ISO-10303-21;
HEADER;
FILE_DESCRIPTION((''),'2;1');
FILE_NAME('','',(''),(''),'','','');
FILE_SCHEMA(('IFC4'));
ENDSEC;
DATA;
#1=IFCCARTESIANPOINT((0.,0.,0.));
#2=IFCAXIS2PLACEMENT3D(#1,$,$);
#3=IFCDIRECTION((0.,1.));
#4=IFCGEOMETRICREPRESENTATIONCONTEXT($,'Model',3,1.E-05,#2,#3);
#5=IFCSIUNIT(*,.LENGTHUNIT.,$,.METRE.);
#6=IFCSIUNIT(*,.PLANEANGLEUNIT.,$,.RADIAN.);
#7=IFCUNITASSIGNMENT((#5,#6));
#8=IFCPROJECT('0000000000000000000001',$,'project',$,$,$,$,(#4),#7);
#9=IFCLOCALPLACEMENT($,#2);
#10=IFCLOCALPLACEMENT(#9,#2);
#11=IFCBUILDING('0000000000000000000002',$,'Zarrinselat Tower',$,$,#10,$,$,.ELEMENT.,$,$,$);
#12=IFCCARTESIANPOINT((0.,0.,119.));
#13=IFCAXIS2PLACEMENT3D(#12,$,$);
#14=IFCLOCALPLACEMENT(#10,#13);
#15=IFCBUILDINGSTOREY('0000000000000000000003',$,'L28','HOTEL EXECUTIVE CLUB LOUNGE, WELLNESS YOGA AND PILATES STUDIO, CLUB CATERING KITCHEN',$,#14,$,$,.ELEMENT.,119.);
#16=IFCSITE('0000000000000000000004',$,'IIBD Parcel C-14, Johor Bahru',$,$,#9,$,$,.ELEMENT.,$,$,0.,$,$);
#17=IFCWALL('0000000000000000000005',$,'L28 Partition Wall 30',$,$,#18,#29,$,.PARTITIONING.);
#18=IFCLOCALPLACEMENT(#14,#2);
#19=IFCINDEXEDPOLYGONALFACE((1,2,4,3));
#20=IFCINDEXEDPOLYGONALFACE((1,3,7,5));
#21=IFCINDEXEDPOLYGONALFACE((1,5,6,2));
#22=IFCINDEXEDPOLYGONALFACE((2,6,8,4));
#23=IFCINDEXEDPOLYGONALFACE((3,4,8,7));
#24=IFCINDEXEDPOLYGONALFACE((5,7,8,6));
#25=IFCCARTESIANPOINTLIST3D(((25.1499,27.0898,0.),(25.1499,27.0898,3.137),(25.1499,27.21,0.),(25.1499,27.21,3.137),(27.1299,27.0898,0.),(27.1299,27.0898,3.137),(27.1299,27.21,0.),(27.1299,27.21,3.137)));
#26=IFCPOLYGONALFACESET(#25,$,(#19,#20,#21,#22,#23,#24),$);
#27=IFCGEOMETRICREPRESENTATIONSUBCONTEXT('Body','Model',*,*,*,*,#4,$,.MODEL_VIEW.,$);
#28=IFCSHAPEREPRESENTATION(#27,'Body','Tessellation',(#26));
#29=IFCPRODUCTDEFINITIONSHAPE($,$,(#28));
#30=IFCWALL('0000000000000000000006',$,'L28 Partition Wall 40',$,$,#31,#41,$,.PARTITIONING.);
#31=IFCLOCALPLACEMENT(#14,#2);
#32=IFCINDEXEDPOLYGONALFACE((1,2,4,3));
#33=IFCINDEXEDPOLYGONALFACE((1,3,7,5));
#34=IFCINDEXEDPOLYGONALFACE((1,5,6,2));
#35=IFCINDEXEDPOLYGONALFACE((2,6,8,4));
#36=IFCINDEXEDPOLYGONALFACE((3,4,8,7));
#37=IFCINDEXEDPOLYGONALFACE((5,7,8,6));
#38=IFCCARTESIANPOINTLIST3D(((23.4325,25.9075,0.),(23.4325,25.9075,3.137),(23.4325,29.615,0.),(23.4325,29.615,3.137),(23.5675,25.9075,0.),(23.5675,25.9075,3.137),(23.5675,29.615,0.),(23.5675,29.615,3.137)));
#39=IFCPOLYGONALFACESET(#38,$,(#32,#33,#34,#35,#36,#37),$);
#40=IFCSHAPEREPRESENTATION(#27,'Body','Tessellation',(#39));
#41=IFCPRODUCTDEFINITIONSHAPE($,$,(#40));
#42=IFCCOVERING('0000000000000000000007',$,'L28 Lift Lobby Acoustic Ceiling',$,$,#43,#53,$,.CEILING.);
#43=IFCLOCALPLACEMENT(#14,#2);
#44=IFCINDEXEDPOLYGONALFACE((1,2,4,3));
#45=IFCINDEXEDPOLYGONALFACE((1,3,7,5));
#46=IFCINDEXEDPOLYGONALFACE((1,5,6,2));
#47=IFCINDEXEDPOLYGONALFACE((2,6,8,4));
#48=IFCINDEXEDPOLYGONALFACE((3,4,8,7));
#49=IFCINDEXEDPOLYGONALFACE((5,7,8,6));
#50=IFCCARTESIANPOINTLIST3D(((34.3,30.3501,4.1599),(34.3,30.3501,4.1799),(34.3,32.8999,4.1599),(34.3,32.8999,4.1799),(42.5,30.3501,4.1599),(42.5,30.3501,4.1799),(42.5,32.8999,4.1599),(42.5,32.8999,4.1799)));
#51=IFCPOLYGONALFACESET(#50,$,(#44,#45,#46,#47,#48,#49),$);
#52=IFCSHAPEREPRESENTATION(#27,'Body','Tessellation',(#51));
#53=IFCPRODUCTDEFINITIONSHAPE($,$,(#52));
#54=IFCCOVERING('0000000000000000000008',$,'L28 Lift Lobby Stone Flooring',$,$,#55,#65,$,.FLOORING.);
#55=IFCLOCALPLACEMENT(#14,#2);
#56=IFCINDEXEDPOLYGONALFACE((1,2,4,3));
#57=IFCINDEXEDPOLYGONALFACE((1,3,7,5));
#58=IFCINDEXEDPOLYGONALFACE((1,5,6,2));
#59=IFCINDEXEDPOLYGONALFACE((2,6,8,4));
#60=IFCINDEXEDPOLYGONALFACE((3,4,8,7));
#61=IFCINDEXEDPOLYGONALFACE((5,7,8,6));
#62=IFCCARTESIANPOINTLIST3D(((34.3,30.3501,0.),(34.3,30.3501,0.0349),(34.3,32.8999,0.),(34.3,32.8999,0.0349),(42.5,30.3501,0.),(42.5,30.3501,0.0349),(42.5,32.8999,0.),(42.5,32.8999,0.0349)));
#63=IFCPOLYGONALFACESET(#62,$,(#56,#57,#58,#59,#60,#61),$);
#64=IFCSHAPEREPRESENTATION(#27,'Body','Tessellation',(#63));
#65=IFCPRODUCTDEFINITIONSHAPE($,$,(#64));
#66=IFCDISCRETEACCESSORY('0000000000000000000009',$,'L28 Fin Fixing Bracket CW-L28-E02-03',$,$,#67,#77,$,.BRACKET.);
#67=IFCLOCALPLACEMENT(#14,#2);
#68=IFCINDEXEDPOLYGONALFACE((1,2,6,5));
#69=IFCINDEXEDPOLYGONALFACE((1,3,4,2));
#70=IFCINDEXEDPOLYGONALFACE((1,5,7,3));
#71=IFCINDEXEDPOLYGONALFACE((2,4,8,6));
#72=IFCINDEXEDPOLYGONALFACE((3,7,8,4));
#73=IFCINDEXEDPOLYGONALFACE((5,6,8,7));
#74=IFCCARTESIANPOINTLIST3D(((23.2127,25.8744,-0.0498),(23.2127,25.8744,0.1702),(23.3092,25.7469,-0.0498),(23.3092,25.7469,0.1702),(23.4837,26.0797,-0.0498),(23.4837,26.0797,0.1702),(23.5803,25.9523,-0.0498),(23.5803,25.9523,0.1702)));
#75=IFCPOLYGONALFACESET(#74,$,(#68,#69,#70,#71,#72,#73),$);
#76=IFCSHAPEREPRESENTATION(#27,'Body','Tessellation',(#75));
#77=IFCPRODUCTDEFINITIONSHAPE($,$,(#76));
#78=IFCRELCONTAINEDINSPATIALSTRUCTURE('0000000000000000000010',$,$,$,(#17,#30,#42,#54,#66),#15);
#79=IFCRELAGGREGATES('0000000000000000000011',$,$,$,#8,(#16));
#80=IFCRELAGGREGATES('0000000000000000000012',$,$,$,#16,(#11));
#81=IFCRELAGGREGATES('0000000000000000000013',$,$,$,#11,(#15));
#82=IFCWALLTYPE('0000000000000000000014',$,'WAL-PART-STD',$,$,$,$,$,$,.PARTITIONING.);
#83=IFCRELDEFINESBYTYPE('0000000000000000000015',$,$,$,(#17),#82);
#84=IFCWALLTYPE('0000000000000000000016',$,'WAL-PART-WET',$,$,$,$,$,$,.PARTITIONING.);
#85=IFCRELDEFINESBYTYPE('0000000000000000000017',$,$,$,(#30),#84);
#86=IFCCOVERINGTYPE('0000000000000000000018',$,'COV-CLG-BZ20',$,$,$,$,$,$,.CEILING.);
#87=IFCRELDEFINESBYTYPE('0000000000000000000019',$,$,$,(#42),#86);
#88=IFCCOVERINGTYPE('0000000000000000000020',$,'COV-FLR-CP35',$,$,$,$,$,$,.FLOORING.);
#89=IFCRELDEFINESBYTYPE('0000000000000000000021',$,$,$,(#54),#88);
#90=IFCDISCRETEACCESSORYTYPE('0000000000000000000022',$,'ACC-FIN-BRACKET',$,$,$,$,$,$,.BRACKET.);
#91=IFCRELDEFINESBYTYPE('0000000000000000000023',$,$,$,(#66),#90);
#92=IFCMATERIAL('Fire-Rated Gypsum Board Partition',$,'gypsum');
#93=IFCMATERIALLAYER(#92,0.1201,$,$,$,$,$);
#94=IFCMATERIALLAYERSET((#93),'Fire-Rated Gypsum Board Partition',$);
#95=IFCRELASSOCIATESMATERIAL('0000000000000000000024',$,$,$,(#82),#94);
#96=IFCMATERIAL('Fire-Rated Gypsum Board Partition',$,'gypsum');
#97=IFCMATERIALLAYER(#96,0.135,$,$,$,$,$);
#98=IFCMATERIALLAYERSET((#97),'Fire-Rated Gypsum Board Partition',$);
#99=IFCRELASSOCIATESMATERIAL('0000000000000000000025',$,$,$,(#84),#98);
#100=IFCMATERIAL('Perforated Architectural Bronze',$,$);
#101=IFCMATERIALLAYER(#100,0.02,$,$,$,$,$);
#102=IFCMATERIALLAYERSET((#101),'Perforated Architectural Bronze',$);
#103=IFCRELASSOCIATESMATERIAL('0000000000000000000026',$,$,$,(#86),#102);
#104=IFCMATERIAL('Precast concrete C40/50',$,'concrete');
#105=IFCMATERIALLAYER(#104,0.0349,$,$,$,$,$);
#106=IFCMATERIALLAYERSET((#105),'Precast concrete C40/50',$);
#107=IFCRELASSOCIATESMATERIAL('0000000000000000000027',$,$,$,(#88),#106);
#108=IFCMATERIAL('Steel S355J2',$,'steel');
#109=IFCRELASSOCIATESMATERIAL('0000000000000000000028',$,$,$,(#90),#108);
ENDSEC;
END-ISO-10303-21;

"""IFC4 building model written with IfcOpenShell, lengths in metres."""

from ifc_helpers import new_model, si_unit, direction, frame, frame_2d, origin, origin_2d, place, context, subcontext, project, spatial, polyline, rectangle, outline, extrude, material, layer, layer_set, type_object, element, save


model = new_model("IFC4")

# Units and contexts
model_context = context("Model", 3, precision=1e-05, world=origin(), true_north=direction((0.0, 1.0)))
body_context = subcontext(model_context, "Body", "Model", "MODEL_VIEW")
ifc_project = project(units=[si_unit("LENGTHUNIT", "METRE"), si_unit("PLANEANGLEUNIT", "RADIAN")], contexts=[model_context])

# Site, building, storey
site_placement = place(None, origin())
site = spatial("IfcSite", under=ifc_project, at=site_placement, Name="IIBD Parcel C-14, Johor Bahru", CompositionType="ELEMENT", RefElevation=0.0)
building_placement = place(site_placement, origin())
building = spatial("IfcBuilding", under=site, at=building_placement, Name="Zarrinselat Tower", CompositionType="ELEMENT")
storey_placement = place(building_placement, frame((0.0, 0.0, 119.0)))
storey = spatial("IfcBuildingStorey", under=building, at=storey_placement, Name="L28", Description="HOTEL EXECUTIVE CLUB LOUNGE, WELLNESS YOGA AND PILATES STUDIO, CLUB CATERING KITCHEN", CompositionType="ELEMENT", Elevation=119.0)

# Walls
ifc_material_1 = material(Name="Fire-Rated Gypsum Board Partition", Category="gypsum")
ifc_layer_1 = layer(ifc_material_1, 0.1201)
ifc_layer_set_1 = layer_set([ifc_layer_1], Name="Fire-Rated Gypsum Board Partition")
wall_type_1 = type_object("IfcWallType", Name="WAL-PART-STD", PredefinedType="PARTITIONING", material=ifc_layer_set_1)
wall_1_placement = place(storey_placement, frame((25.1499, 27.1499, 0.0), z_axis=(0.0, 0.0, 1.0), x_axis=(1.0, 0.0, 0.0)))
element("IfcWall", 1, at=wall_1_placement, inside=storey, type_object=wall_type_1, Name="L28 Partition Wall 30", PredefinedType="PARTITIONING", context=body_context, shape_type="SweptSolid", body=[
    extrude(rectangle(XDim=1.98, YDim=0.1201, at=frame_2d((0.99, 0.0))), origin(), (0.0, 0.0, 1.0), 3.137),
])
ifc_material_2 = material(Name="Fire-Rated Gypsum Board Partition", Category="gypsum")
ifc_layer_2 = layer(ifc_material_2, 0.135)
ifc_layer_set_2 = layer_set([ifc_layer_2], Name="Fire-Rated Gypsum Board Partition")
wall_type_2 = type_object("IfcWallType", Name="WAL-PART-WET", PredefinedType="PARTITIONING", material=ifc_layer_set_2)
wall_2_placement = place(storey_placement, frame((23.5, 25.9075, 0.0), z_axis=(0.0, 0.0, 1.0), x_axis=(0.0, 1.0, 0.0)))
element("IfcWall", 2, at=wall_2_placement, inside=storey, type_object=wall_type_2, Name="L28 Partition Wall 40", PredefinedType="PARTITIONING", context=body_context, shape_type="SweptSolid", body=[
    extrude(rectangle(XDim=3.7075, YDim=0.135, at=frame_2d((1.8538, 0.0))), origin(), (0.0, 0.0, 1.0), 3.137),
])

# Coverings
ifc_material_3 = material(Name="Perforated Architectural Bronze")
ifc_layer_3 = layer(ifc_material_3, 0.02)
ifc_layer_set_3 = layer_set([ifc_layer_3], Name="Perforated Architectural Bronze")
covering_type_1 = type_object("IfcCoveringType", Name="COV-CLG-BZ20", PredefinedType="CEILING", material=ifc_layer_set_3)
covering_1_placement = place(storey_placement, frame((0.0, 0.0, 4.1599)))
element("IfcCovering", 3, at=covering_1_placement, inside=storey, type_object=covering_type_1, Name="L28 Lift Lobby Acoustic Ceiling", PredefinedType="CEILING", context=body_context, shape_type="SweptSolid", body=[
    extrude(outline(polyline([(34.3, 30.3501), (42.5, 30.3501), (42.5, 32.8999), (34.3, 32.8999), (34.3, 30.3501)])), origin(), (0.0, 0.0, 1.0), 0.02),
])
ifc_material_4 = material(Name="Precast concrete C40/50", Category="concrete")
ifc_layer_4 = layer(ifc_material_4, 0.0349)
ifc_layer_set_4 = layer_set([ifc_layer_4], Name="Precast concrete C40/50")
covering_type_2 = type_object("IfcCoveringType", Name="COV-FLR-CP35", PredefinedType="FLOORING", material=ifc_layer_set_4)
covering_2_placement = place(storey_placement, origin())
element("IfcCovering", 4, at=covering_2_placement, inside=storey, type_object=covering_type_2, Name="L28 Lift Lobby Stone Flooring", PredefinedType="FLOORING", context=body_context, shape_type="SweptSolid", body=[
    extrude(outline(polyline([(34.3, 30.3501), (42.5, 30.3501), (42.5, 32.8999), (34.3, 32.8999), (34.3, 30.3501)])), origin(), (0.0, 0.0, 1.0), 0.0349),
])

# Discrete accessory
ifc_material_5 = material(Name="Steel S355J2", Category="steel")
discrete_accessory_type = type_object("IfcDiscreteAccessoryType", Name="ACC-FIN-BRACKET", PredefinedType="BRACKET", material=ifc_material_5)
discrete_accessory_placement = place(storey_placement, frame((23.3965, 25.9133, -0.0498), z_axis=(0.0, 0.0, 1.0), x_axis=(-0.797092, -0.603858, 0.0)))
element("IfcDiscreteAccessory", 5, at=discrete_accessory_placement, inside=storey, type_object=discrete_accessory_type, Name="L28 Fin Fixing Bracket CW-L28-E02-03", PredefinedType="BRACKET", context=body_context, shape_type="SweptSolid", body=[
    extrude(rectangle(XDim=0.3401, YDim=0.1599, at=origin_2d()), origin(), (0.0, 0.0, 1.0), 0.22),
])

save(model, "model.ifc")
